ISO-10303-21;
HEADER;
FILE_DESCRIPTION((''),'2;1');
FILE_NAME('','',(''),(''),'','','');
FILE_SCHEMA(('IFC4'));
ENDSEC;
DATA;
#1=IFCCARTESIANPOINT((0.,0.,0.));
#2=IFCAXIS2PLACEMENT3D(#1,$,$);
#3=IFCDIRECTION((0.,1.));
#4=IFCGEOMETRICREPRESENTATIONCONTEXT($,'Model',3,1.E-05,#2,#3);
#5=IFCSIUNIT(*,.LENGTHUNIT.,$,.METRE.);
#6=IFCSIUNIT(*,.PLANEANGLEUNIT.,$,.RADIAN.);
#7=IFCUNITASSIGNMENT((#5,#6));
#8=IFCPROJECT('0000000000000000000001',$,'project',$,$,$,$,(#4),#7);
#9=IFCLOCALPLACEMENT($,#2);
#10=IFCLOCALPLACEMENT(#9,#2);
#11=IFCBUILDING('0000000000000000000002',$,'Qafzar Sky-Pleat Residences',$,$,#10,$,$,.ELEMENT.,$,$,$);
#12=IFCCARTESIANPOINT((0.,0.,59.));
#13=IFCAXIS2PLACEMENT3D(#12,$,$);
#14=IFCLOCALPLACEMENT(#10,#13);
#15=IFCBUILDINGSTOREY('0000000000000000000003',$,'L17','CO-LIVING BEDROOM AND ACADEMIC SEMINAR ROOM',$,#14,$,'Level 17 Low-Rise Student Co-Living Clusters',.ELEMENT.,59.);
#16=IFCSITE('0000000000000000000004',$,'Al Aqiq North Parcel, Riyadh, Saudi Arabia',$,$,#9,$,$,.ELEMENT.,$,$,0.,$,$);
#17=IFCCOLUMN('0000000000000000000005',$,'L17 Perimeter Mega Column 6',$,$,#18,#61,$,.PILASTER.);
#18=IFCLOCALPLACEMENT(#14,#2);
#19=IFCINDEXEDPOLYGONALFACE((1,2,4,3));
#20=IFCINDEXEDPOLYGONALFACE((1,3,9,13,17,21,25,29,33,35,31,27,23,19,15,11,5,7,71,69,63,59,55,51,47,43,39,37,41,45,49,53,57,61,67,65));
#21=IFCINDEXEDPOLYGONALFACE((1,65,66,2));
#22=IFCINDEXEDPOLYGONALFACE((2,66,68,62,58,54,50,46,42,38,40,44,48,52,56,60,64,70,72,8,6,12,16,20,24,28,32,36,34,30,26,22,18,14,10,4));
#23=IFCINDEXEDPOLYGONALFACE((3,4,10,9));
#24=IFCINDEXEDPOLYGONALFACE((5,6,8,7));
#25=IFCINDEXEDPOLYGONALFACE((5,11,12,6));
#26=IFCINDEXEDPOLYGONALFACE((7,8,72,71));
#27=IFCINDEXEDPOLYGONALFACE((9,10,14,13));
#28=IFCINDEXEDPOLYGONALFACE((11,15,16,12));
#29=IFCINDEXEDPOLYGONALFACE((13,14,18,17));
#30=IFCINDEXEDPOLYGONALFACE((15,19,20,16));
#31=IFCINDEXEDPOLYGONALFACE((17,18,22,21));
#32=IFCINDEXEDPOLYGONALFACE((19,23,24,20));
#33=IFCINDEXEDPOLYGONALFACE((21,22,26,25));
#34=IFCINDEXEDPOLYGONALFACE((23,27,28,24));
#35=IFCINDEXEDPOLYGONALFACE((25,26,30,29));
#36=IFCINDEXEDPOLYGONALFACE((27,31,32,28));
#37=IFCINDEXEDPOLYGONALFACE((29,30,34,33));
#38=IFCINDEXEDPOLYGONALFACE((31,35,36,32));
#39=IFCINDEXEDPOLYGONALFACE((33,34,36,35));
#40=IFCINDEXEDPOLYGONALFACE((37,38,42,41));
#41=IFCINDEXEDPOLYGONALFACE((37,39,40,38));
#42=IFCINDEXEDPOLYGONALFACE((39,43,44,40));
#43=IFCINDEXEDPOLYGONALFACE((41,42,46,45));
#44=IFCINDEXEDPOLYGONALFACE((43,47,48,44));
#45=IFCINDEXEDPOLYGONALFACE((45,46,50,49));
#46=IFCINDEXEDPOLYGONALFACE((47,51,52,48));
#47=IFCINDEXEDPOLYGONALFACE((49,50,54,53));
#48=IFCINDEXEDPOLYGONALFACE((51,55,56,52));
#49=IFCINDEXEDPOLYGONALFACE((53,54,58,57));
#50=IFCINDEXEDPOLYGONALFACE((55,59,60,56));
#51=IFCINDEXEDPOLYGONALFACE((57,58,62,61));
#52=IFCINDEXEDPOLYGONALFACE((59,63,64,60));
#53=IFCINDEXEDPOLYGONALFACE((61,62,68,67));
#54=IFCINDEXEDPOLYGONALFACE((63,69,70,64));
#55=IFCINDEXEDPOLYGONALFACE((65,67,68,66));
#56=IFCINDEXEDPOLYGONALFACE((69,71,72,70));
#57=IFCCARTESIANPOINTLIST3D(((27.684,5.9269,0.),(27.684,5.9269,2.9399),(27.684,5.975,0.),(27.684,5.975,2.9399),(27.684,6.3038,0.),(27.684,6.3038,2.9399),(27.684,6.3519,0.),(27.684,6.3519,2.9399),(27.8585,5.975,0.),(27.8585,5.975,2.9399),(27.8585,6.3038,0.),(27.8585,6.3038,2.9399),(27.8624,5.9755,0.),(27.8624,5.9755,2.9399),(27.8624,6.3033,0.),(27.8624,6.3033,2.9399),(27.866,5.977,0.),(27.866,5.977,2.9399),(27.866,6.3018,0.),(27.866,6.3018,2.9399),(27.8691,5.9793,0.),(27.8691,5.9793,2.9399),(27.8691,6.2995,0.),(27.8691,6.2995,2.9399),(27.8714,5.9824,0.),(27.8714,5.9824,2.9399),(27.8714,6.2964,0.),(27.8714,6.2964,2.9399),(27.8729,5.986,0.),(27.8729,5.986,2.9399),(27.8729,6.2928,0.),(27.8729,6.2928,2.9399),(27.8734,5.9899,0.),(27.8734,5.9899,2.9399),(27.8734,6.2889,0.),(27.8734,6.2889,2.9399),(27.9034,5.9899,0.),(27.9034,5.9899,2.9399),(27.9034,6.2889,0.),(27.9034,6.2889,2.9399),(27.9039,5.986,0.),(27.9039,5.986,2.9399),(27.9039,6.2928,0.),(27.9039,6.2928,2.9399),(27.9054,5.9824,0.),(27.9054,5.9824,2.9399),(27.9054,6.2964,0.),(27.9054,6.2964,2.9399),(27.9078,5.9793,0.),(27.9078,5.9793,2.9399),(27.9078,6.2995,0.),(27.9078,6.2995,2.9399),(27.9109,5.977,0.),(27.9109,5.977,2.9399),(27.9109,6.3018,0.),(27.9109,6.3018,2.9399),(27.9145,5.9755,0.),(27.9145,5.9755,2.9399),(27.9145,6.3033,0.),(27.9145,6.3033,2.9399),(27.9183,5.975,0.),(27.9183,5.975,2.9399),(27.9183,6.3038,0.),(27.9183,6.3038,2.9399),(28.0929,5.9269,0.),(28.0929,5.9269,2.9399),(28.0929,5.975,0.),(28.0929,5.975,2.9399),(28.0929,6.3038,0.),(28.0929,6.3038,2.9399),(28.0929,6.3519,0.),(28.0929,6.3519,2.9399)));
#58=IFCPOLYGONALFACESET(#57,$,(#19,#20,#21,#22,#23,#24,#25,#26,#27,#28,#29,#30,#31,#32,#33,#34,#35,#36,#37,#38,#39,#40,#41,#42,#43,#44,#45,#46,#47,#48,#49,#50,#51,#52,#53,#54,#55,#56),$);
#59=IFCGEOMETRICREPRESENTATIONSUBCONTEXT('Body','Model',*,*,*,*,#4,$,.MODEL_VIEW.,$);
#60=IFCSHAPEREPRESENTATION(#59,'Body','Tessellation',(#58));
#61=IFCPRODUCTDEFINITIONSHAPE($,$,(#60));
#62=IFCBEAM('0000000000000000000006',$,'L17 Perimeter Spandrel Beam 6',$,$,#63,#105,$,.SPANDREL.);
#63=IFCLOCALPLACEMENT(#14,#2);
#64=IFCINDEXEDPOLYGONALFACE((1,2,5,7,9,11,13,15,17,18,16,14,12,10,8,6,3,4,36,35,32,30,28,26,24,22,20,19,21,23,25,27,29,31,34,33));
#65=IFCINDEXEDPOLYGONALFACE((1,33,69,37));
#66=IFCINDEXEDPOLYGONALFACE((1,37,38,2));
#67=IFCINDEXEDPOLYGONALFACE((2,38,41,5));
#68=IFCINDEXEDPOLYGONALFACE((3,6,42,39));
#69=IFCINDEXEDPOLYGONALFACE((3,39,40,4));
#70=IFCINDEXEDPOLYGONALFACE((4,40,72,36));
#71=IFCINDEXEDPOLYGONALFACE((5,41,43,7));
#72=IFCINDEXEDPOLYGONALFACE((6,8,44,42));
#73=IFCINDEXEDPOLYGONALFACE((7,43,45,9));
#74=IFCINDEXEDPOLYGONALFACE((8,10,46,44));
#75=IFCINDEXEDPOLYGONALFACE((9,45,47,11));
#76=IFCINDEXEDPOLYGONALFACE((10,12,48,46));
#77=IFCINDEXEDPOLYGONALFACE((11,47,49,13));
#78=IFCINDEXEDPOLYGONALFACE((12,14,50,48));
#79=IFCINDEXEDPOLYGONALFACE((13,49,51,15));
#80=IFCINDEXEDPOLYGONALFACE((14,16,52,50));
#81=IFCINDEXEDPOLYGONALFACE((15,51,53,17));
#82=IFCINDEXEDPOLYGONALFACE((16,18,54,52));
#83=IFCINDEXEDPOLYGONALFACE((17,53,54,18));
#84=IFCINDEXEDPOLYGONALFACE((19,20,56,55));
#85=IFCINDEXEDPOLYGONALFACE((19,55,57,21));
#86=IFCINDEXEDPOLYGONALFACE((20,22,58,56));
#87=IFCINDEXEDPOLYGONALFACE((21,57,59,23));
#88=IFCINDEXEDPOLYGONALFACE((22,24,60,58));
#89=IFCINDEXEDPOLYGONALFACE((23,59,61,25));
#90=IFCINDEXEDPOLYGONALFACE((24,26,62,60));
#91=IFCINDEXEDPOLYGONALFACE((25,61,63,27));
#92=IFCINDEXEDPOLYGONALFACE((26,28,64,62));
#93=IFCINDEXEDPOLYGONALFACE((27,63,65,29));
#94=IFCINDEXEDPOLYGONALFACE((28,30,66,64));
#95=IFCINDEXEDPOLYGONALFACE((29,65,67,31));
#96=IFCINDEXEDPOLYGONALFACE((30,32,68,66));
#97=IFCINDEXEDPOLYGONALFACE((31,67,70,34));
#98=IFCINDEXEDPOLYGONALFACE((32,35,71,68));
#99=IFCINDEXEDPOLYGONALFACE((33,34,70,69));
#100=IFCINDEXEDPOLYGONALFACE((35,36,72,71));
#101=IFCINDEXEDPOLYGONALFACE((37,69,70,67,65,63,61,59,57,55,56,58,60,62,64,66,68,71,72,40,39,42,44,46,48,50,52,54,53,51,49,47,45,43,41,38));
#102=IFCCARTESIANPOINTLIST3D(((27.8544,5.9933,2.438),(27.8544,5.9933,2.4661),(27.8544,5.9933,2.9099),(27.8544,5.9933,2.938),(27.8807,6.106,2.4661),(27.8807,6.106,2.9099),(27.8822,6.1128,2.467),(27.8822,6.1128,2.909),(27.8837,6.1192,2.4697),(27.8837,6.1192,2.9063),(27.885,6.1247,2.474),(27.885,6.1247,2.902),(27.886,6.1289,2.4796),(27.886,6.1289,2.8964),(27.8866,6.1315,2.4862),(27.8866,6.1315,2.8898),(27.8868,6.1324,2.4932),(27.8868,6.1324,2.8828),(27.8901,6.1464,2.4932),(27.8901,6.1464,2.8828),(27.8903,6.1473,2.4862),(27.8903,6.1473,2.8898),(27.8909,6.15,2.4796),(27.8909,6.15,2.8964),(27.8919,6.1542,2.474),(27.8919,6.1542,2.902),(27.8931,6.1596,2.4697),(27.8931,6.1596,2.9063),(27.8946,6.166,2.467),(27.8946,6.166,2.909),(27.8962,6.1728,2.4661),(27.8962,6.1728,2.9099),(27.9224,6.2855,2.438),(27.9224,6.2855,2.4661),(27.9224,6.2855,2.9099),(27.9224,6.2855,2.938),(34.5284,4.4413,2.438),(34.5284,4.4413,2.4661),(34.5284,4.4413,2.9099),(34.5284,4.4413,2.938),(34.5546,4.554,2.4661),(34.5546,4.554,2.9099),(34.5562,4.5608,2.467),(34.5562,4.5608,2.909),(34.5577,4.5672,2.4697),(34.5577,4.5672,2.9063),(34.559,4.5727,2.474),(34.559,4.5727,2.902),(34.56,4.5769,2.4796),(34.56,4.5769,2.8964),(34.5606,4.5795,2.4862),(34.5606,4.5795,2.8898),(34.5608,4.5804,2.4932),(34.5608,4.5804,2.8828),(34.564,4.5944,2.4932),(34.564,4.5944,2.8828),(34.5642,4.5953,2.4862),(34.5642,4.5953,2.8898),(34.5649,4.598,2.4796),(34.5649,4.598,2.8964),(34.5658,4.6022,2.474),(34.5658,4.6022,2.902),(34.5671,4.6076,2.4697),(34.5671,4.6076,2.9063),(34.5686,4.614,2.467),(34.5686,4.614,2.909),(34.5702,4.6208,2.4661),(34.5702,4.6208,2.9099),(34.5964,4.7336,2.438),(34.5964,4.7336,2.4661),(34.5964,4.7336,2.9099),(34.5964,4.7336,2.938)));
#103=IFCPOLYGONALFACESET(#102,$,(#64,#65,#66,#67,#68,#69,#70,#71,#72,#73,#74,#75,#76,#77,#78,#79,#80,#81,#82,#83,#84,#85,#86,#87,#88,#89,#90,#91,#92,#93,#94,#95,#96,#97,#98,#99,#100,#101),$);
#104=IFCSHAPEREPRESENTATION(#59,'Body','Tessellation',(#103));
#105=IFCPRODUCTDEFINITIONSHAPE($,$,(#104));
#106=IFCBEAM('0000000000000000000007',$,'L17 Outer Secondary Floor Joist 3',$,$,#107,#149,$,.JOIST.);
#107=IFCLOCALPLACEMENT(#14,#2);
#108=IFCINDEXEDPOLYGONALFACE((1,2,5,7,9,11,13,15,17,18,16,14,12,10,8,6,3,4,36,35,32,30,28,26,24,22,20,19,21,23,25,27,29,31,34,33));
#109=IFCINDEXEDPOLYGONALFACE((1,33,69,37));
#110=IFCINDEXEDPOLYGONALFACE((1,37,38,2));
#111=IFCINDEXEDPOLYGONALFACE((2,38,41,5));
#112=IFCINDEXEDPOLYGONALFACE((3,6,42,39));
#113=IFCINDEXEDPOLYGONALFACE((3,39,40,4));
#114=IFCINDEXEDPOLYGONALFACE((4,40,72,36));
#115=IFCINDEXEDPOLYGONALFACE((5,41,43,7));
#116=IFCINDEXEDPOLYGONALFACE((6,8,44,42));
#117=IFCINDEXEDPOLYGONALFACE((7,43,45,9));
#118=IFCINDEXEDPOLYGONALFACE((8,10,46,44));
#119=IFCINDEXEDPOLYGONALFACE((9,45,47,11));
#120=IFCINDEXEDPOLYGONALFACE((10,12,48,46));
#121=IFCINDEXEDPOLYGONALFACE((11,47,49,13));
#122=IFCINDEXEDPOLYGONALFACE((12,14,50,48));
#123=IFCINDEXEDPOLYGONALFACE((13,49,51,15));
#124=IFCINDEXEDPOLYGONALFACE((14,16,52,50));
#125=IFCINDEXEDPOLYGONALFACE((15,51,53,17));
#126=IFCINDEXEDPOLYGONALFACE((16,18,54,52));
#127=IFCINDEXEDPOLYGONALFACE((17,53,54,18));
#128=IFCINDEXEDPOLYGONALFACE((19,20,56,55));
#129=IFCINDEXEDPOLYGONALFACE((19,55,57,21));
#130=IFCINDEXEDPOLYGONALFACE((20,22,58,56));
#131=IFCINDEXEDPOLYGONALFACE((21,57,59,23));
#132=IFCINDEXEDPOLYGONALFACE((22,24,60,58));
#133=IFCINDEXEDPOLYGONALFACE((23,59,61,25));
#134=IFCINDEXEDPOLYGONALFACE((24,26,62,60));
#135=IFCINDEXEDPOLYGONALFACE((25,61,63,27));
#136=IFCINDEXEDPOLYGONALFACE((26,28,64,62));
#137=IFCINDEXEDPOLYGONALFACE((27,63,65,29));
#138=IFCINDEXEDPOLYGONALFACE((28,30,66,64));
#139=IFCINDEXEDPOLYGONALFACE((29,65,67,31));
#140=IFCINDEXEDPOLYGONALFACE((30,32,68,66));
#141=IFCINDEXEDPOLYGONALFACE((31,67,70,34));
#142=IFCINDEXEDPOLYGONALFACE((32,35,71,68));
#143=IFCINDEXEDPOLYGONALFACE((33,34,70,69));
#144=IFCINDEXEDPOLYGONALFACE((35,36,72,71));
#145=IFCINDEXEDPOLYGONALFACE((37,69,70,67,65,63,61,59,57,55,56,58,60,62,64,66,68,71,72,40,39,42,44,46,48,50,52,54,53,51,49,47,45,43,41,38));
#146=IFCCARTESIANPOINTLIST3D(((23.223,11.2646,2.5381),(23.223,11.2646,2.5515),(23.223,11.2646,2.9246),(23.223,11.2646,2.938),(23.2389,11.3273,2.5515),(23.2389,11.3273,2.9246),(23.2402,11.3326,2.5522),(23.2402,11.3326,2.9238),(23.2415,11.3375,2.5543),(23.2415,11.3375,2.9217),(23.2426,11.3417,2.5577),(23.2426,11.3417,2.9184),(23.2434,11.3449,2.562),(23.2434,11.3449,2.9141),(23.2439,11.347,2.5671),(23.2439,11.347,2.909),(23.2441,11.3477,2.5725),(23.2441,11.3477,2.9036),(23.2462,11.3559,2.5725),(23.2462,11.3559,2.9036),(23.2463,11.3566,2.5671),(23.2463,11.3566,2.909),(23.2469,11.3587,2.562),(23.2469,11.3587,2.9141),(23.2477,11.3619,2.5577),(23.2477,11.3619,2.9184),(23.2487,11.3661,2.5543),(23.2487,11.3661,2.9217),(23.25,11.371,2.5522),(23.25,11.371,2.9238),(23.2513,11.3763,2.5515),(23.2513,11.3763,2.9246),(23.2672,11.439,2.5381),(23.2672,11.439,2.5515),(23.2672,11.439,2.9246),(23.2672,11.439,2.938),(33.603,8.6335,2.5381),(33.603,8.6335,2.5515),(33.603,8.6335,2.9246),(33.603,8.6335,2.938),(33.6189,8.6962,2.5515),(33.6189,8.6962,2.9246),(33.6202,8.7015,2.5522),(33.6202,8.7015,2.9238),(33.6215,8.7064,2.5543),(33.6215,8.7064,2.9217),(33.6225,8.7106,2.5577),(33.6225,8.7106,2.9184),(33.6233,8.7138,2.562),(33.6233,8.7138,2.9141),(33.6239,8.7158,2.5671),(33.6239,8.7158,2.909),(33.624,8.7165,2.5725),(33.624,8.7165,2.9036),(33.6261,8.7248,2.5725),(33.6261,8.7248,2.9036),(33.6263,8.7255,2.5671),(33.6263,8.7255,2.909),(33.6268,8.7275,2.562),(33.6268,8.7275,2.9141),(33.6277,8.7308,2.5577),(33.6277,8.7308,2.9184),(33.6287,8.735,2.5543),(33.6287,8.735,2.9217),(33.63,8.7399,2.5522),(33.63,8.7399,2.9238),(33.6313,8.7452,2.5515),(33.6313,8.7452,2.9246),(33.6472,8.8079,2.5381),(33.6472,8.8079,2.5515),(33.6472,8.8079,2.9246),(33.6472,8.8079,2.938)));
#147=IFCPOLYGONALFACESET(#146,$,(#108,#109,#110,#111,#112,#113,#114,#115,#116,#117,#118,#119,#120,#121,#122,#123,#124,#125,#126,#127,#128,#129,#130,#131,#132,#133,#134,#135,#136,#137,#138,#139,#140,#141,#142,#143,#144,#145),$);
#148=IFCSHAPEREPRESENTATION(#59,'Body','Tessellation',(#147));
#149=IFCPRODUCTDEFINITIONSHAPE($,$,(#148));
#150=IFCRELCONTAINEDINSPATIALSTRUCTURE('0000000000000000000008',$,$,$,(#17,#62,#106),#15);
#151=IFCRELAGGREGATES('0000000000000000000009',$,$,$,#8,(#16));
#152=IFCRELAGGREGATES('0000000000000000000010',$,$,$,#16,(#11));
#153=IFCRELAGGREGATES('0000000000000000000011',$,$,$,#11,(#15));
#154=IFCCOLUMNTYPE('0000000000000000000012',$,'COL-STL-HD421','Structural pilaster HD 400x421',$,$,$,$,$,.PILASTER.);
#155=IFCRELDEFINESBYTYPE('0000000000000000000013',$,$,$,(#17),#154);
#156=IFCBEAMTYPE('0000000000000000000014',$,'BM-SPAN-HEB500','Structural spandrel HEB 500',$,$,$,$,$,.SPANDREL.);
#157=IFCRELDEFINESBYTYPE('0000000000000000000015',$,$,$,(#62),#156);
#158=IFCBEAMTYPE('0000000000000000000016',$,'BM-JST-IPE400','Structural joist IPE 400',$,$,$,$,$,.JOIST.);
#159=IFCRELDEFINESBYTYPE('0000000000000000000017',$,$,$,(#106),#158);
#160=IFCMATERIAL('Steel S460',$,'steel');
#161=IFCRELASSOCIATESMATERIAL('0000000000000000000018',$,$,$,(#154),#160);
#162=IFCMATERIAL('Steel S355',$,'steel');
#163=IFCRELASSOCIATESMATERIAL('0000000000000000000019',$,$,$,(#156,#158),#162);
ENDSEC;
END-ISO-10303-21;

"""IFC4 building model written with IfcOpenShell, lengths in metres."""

from ifc_helpers import new_model, si_unit, direction, frame, origin, origin_2d, place, context, subcontext, project, spatial, i_section, extrude, source, transform, mapped, material, material_profile, profile_set, type_object, element, save


model = new_model("IFC4")

# Units and contexts
model_context = context("Model", 3, precision=1e-05, world=origin(), true_north=direction((0.0, 1.0)))
body_context = subcontext(model_context, "Body", "Model", "MODEL_VIEW")
ifc_project = project(units=[si_unit("LENGTHUNIT", "METRE"), si_unit("PLANEANGLEUNIT", "RADIAN")], contexts=[model_context])

# Site, building, storey
site_placement = place(None, origin())
site = spatial("IfcSite", under=ifc_project, at=site_placement, Name="Al Aqiq North Parcel, Riyadh, Saudi Arabia", CompositionType="ELEMENT", RefElevation=0.0)
building_placement = place(site_placement, origin())
building = spatial("IfcBuilding", under=site, at=building_placement, Name="Qafzar Sky-Pleat Residences", CompositionType="ELEMENT")
storey_placement = place(building_placement, frame((0.0, 0.0, 59.0)))
storey = spatial("IfcBuildingStorey", under=building, at=storey_placement, Name="L17", Description="CO-LIVING BEDROOM AND ACADEMIC SEMINAR ROOM", LongName="Level 17 Low-Rise Student Co-Living Clusters", CompositionType="ELEMENT", Elevation=59.0)

# Column
ifc_material_1 = material(Name="Steel S460", Category="steel")
ifc_material_profile_1 = material_profile(ifc_material_1, i_section(OverallWidth=0.4089, OverallDepth=0.425, WebThickness=0.03, FlangeThickness=0.0481, FilletRadius=0.0149, at=origin_2d()), Name="HD 400x421")
ifc_profile_set_1 = profile_set([ifc_material_profile_1], Name="Steel S460")
column_type = type_object("IfcColumnType", Name="COL-STL-HD421", Description="Structural pilaster HD 400x421", PredefinedType="PILASTER", material=ifc_profile_set_1)
shared_shape_1 = source(origin(), body_context, "Body", "SweptSolid", [
    extrude(i_section(OverallWidth=0.4089, OverallDepth=0.425, WebThickness=0.03, FlangeThickness=0.0481, FilletRadius=0.0149, at=origin_2d()), origin(), (0.0, 0.0, 1.0), 2.9399),
])
column_placement = place(storey_placement, frame((27.8884, 6.1394, 0.0), z_axis=(0.0, 0.0, 1.0), x_axis=(1.0, 0.0, 0.0)))
element("IfcColumn", 1, at=column_placement, inside=storey, type_object=column_type, Name="L17 Perimeter Mega Column 6", PredefinedType="PILASTER", context=body_context, shape_type="MappedRepresentation", body=[
    mapped(shared_shape_1, transform((0.0, 0.0, 0.0), x_axis=(1.0, 0.0, 0.0), y_axis=(0.0, 1.0, 0.0), z_axis=(0.0, 0.0, 1.0), scale=1.0)),
])

# Beams
ifc_material_2 = material(Name="Steel S355", Category="steel")
ifc_material_profile_2 = material_profile(ifc_material_2, i_section(OverallWidth=0.3, OverallDepth=0.5, WebThickness=0.0144, FlangeThickness=0.0281, FilletRadius=0.0271, at=origin_2d()), Name="HEB 500")
ifc_profile_set_2 = profile_set([ifc_material_profile_2], Name="Steel S355")
beam_type_1 = type_object("IfcBeamType", Name="BM-SPAN-HEB500", Description="Structural spandrel HEB 500", PredefinedType="SPANDREL", material=ifc_profile_set_2)
shared_shape_2 = source(origin(), body_context, "Body", "SweptSolid", [
    extrude(i_section(OverallWidth=0.3, OverallDepth=0.5, WebThickness=0.0144, FlangeThickness=0.0281, FilletRadius=0.0271, at=origin_2d()), origin(), (0.0, 0.0, 1.0), 6.8521),
])
beam_1_placement = place(storey_placement, frame((27.8884, 6.1394, 2.688), z_axis=(0.974012, -0.226499, 0.0), x_axis=(0.226499, 0.974012, 0.0)))
element("IfcBeam", 2, at=beam_1_placement, inside=storey, type_object=beam_type_1, Name="L17 Perimeter Spandrel Beam 6", PredefinedType="SPANDREL", context=body_context, shape_type="MappedRepresentation", body=[
    mapped(shared_shape_2, transform((0.0, 0.0, 0.0), x_axis=(1.0, 0.0, 0.0), y_axis=(0.0, 1.0, 0.0), z_axis=(0.0, 0.0, 1.0), scale=1.0)),
])
ifc_material_profile_3 = material_profile(ifc_material_2, i_section(OverallWidth=0.1799, OverallDepth=0.3999, WebThickness=0.0085, FlangeThickness=0.0134, FilletRadius=0.021, at=origin_2d()), Name="IPE 400")
ifc_profile_set_3 = profile_set([ifc_material_profile_3], Name="Steel S355")
beam_type_2 = type_object("IfcBeamType", Name="BM-JST-IPE400", Description="Structural joist IPE 400", PredefinedType="JOIST", material=ifc_profile_set_3)
shared_shape_3 = source(origin(), body_context, "Body", "SweptSolid", [
    extrude(i_section(OverallWidth=0.1799, OverallDepth=0.3999, WebThickness=0.0085, FlangeThickness=0.0134, FilletRadius=0.021, at=origin_2d()), origin(), (0.0, 0.0, 1.0), 10.7083),
])
beam_2_placement = place(storey_placement, frame((23.2451, 11.3518, 2.738), z_axis=(0.969343, -0.24571, 0.0), x_axis=(0.24571, 0.969343, 0.0)))
element("IfcBeam", 3, at=beam_2_placement, inside=storey, type_object=beam_type_2, Name="L17 Outer Secondary Floor Joist 3", PredefinedType="JOIST", context=body_context, shape_type="MappedRepresentation", body=[
    mapped(shared_shape_3, transform((0.0, 0.0, 0.0), x_axis=(1.0, 0.0, 0.0), y_axis=(0.0, 1.0, 0.0), z_axis=(0.0, 0.0, 1.0), scale=1.0)),
])

save(model, "model.ifc")
